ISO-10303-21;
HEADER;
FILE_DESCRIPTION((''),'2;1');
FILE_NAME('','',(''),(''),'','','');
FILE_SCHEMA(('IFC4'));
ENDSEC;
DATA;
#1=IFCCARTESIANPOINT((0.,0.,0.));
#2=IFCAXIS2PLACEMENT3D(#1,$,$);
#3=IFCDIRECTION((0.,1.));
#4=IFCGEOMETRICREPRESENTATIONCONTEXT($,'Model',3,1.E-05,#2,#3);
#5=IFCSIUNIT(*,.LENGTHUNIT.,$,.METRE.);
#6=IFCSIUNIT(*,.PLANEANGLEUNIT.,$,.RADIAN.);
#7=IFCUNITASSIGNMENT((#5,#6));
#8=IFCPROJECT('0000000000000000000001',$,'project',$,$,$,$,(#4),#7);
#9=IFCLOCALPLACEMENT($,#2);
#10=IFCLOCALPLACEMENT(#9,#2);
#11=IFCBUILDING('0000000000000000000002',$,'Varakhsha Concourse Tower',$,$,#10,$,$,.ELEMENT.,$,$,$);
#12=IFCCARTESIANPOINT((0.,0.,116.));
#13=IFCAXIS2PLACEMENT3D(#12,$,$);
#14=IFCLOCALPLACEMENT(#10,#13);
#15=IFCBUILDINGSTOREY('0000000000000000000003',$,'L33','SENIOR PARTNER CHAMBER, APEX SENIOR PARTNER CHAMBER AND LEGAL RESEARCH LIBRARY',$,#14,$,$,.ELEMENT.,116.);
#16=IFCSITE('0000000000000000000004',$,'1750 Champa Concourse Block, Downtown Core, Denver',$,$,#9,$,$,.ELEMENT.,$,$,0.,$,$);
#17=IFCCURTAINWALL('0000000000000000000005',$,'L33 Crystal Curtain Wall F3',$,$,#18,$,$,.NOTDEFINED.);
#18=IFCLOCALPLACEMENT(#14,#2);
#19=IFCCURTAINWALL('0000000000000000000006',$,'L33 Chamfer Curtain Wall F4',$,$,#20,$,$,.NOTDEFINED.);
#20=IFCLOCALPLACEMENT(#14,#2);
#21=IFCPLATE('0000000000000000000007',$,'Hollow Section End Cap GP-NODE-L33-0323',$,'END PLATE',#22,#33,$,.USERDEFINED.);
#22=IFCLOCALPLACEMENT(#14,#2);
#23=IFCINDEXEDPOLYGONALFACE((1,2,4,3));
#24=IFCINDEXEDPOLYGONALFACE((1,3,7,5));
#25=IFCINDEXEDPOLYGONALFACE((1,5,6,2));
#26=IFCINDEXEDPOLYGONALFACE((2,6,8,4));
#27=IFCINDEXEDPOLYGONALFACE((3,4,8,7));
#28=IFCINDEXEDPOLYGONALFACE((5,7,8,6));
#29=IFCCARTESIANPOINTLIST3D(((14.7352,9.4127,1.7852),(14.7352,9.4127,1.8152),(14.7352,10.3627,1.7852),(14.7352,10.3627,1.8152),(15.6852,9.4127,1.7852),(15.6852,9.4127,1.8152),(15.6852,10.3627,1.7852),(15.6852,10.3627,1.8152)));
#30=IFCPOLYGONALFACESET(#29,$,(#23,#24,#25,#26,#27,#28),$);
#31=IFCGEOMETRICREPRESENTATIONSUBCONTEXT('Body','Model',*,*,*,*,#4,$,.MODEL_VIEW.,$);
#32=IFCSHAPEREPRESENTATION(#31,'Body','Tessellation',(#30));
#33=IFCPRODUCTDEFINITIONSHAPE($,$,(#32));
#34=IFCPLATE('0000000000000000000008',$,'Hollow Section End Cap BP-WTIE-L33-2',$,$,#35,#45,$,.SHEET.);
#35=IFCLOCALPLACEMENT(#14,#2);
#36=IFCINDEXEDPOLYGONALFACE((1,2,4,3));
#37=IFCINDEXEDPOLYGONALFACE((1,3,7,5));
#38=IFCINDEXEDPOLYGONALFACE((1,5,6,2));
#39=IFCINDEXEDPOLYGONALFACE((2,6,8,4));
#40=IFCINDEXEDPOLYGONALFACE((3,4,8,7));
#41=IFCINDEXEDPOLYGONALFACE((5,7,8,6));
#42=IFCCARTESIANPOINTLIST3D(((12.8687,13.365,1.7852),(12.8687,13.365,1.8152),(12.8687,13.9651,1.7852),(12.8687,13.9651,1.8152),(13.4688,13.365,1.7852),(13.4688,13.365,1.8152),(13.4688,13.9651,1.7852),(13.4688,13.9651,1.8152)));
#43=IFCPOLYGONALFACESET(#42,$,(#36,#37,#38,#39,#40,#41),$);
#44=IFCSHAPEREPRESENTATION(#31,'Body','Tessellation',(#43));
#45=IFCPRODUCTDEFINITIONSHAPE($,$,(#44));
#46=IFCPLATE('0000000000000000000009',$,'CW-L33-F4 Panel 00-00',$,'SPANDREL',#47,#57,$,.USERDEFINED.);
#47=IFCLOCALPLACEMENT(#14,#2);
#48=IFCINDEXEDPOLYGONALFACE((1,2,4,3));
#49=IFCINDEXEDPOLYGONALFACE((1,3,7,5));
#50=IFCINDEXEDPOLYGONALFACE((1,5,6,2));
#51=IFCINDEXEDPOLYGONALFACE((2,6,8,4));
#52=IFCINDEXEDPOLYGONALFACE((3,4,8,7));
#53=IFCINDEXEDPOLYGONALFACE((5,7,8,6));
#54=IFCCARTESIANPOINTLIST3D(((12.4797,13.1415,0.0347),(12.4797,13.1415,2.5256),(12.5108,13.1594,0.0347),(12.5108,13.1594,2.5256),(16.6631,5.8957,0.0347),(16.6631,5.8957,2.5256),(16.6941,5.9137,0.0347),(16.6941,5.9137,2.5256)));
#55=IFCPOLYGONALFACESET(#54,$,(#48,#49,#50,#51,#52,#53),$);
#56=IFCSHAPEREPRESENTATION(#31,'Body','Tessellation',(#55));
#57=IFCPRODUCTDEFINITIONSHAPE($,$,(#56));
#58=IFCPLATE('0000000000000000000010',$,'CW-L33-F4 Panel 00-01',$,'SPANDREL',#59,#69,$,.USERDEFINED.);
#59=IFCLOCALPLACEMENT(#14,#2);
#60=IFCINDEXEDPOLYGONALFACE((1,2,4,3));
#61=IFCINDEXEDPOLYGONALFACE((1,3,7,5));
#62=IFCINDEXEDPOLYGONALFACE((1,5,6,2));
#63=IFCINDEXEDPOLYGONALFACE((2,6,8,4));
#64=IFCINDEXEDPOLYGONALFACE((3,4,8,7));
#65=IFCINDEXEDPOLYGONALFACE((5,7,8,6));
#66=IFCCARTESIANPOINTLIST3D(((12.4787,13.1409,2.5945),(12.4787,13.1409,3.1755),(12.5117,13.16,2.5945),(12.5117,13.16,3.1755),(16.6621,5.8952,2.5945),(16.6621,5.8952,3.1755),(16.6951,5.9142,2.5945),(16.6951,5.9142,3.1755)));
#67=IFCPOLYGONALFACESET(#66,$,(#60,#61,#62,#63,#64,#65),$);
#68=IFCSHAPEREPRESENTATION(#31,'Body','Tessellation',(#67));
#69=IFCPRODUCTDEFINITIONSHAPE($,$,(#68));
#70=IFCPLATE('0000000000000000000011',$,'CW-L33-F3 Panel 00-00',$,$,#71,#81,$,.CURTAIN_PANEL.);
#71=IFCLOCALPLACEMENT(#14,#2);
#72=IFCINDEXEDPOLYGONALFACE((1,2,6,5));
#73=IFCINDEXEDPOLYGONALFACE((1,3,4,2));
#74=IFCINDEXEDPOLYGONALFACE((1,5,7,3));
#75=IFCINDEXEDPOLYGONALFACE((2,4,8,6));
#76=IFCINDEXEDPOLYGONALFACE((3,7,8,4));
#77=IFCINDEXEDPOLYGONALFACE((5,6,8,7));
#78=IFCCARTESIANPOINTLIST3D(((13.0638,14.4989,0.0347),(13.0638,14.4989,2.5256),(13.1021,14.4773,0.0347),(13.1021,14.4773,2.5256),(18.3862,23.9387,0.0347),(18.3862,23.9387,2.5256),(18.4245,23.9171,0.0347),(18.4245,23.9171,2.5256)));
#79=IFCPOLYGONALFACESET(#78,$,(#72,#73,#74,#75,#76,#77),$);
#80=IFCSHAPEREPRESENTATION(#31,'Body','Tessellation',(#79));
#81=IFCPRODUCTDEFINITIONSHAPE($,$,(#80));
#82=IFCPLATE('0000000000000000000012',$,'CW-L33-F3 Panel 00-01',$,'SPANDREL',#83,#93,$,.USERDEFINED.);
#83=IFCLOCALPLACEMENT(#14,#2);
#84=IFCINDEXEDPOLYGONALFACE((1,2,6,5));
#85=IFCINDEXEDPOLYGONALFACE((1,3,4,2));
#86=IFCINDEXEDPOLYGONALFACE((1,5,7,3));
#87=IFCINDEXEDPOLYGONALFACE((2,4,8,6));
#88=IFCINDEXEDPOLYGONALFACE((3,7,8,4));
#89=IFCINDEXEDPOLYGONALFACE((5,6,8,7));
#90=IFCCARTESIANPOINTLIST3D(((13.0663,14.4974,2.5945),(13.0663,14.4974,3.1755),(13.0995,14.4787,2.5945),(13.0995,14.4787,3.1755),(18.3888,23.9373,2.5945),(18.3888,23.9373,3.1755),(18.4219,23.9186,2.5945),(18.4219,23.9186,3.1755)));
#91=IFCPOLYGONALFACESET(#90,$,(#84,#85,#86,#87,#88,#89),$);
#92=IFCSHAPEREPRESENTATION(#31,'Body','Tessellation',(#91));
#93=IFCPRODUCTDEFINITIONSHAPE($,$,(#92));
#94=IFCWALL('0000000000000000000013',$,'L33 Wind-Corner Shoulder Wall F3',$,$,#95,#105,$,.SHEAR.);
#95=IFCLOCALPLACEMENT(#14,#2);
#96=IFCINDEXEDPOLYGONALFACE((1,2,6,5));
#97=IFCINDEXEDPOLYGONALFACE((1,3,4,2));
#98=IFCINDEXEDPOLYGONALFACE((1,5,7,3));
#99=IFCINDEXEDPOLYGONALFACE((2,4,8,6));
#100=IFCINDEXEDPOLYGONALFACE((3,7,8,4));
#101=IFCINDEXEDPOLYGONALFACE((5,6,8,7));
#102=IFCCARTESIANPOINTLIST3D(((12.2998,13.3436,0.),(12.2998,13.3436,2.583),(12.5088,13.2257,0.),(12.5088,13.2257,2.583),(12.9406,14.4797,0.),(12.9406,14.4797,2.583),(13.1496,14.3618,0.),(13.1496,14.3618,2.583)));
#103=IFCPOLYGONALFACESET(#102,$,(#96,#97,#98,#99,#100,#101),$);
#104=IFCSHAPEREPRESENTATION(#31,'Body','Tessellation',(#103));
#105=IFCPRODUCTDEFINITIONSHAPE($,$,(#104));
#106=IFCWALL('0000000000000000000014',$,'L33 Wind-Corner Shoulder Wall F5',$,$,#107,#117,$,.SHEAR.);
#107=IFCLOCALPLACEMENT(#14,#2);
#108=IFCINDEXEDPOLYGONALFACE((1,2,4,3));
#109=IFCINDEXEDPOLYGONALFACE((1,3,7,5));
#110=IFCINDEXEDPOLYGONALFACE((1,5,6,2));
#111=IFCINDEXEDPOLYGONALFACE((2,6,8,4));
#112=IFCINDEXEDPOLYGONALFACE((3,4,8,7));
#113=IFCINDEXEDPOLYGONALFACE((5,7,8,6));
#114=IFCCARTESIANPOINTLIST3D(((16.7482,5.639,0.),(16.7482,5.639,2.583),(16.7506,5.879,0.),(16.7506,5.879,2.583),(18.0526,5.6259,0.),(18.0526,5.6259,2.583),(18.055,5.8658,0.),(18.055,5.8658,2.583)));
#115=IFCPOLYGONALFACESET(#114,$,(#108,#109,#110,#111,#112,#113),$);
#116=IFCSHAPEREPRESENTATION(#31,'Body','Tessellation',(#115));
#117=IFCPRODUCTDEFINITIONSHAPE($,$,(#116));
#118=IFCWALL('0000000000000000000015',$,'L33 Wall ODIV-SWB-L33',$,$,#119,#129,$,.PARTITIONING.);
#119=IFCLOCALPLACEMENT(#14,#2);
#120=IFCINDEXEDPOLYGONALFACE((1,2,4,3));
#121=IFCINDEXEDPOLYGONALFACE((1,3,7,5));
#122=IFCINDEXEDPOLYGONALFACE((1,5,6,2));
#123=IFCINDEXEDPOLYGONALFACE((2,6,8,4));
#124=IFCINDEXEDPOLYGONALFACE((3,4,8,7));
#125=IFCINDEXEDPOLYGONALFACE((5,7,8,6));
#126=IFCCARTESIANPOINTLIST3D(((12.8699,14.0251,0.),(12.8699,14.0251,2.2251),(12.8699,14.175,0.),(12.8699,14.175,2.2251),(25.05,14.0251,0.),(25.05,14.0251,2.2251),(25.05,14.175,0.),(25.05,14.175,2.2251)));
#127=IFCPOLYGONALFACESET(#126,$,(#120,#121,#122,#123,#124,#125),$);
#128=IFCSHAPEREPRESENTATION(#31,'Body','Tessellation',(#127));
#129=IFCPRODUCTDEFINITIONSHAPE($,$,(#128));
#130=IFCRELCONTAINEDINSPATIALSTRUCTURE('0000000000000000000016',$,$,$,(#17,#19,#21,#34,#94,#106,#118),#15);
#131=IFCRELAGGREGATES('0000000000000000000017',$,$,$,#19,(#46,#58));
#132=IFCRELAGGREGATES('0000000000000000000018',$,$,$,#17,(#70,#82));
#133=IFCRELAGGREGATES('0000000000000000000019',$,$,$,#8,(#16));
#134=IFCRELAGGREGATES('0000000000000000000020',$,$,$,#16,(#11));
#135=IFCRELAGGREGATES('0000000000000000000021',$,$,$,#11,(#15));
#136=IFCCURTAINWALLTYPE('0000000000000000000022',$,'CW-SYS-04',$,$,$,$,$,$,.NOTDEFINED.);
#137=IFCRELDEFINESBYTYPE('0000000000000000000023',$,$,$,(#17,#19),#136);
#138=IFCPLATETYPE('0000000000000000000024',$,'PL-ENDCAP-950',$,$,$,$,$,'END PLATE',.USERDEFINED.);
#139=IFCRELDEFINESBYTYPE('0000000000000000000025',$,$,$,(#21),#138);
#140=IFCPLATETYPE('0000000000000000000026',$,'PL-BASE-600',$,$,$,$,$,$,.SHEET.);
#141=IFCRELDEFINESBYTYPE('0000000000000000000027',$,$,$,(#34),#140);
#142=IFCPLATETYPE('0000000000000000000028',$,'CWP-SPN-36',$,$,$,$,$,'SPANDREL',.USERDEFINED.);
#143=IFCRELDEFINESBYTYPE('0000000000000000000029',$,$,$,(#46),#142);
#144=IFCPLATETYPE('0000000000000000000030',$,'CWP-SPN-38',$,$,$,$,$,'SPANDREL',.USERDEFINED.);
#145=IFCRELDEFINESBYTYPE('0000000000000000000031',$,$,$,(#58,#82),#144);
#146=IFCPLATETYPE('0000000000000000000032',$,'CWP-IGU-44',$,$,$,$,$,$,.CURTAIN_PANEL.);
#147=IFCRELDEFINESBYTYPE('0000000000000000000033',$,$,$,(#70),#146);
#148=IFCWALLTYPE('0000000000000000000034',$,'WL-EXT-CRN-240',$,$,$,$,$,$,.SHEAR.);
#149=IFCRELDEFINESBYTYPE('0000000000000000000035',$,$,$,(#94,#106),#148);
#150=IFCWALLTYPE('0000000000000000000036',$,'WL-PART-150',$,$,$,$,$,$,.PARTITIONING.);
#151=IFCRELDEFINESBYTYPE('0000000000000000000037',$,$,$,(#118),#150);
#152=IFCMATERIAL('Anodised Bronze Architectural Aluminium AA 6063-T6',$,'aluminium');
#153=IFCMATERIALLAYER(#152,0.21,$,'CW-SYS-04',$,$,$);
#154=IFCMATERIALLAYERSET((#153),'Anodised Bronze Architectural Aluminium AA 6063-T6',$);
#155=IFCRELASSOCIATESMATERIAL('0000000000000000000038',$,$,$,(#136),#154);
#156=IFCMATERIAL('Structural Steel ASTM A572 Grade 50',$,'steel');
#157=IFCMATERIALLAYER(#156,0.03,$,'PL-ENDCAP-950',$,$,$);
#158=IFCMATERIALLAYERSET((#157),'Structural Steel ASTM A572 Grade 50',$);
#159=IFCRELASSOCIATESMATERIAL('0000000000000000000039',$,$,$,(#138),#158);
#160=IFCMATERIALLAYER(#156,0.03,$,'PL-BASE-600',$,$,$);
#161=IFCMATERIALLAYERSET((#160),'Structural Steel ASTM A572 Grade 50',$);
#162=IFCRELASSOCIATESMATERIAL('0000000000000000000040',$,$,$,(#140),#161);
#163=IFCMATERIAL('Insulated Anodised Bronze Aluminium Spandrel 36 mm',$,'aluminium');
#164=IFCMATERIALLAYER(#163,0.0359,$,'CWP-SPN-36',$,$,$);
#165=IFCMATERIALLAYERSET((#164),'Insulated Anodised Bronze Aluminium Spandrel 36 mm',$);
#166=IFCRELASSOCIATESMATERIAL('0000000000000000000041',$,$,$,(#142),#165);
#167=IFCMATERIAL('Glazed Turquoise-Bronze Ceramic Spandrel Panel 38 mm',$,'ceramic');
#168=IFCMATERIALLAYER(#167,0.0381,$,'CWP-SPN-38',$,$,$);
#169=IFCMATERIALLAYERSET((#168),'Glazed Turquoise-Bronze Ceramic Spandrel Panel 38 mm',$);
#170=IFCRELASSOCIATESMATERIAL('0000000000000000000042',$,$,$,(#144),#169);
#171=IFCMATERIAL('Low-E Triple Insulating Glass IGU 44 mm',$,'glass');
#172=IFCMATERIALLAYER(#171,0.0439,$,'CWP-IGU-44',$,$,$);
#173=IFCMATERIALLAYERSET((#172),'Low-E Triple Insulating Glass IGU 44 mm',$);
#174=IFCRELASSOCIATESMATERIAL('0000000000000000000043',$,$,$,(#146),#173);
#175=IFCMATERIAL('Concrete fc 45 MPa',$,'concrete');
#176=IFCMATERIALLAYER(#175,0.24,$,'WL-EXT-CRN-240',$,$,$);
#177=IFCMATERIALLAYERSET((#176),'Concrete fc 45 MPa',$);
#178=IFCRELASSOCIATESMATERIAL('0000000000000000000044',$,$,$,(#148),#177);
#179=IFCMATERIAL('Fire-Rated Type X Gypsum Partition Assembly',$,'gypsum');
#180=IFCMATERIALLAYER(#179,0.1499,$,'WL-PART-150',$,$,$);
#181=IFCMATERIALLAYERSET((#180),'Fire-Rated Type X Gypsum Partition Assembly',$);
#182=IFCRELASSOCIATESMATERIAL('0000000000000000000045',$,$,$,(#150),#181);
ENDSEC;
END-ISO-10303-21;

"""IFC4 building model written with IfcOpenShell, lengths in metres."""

from ifc_helpers import new_model, si_unit, direction, frame, frame_2d, origin, origin_2d, place, context, subcontext, project, spatial, rectangle, extrude, source, transform, mapped, material, layer, layer_set, type_object, type_shapes, element, aggregate, save


model = new_model("IFC4")

# Units and contexts
model_context = context("Model", 3, precision=1e-05, world=origin(), true_north=direction((0.0, 1.0)))
body_context = subcontext(model_context, "Body", "Model", "MODEL_VIEW")
ifc_project = project(units=[si_unit("LENGTHUNIT", "METRE"), si_unit("PLANEANGLEUNIT", "RADIAN")], contexts=[model_context])

# Site, building, storey
site_placement = place(None, origin())
site = spatial("IfcSite", under=ifc_project, at=site_placement, Name="1750 Champa Concourse Block, Downtown Core, Denver", CompositionType="ELEMENT", RefElevation=0.0)
building_placement = place(site_placement, origin())
building = spatial("IfcBuilding", under=site, at=building_placement, Name="Varakhsha Concourse Tower", CompositionType="ELEMENT")
storey_placement = place(building_placement, frame((0.0, 0.0, 116.0)))
storey = spatial("IfcBuildingStorey", under=building, at=storey_placement, Name="L33", Description="SENIOR PARTNER CHAMBER, APEX SENIOR PARTNER CHAMBER AND LEGAL RESEARCH LIBRARY", CompositionType="ELEMENT", Elevation=116.0)

# Shared definitions
ifc_material_1 = material(Name="Structural Steel ASTM A572 Grade 50", Category="steel")

# Curtain wall
ifc_material_2 = material(Name="Anodised Bronze Architectural Aluminium AA 6063-T6", Category="aluminium")
ifc_layer_1 = layer(ifc_material_2, 0.21, Name="CW-SYS-04")
ifc_layer_set_1 = layer_set([ifc_layer_1], Name="Anodised Bronze Architectural Aluminium AA 6063-T6")
curtain_wall_type = type_object("IfcCurtainWallType", Name="CW-SYS-04", PredefinedType="NOTDEFINED", material=ifc_layer_set_1)
curtain_wall_1_placement = place(storey_placement, origin())
curtain_wall_1 = element("IfcCurtainWall", 1, at=curtain_wall_1_placement, inside=storey, type_object=curtain_wall_type, Name="L33 Crystal Curtain Wall F3", PredefinedType="NOTDEFINED")

# Curtain wall
curtain_wall_2_placement = place(storey_placement, origin())
curtain_wall_2 = element("IfcCurtainWall", 2, at=curtain_wall_2_placement, inside=storey, type_object=curtain_wall_type, Name="L33 Chamfer Curtain Wall F4", PredefinedType="NOTDEFINED")

# Shared definitions
ifc_material_3 = material(Name="Concrete fc 45 MPa", Category="concrete")

# Plates
ifc_layer_2 = layer(ifc_material_1, 0.03, Name="PL-ENDCAP-950")
ifc_layer_set_2 = layer_set([ifc_layer_2], Name="Structural Steel ASTM A572 Grade 50")
plate_type_1 = type_object("IfcPlateType", Name="PL-ENDCAP-950", ElementType="END PLATE", PredefinedType="USERDEFINED", material=ifc_layer_set_2)
shared_shape_1 = source(origin(), body_context, "Body", "SweptSolid", [
    extrude(rectangle(XDim=0.95, YDim=0.95, at=origin_2d()), origin(), (0.0, 0.0, 1.0), 0.03),
])
type_shapes(plate_type_1, [shared_shape_1])
for number, where, z_axis, x_axis, name in (
    (3, (15.2102, 9.8877, 1.7852), (0.0, 0.0, 1.0), (1.0, 0.0, 0.0), "Hollow Section End Cap GP-NODE-L33-0323"),
):
    element("IfcPlate", number, at=place(storey_placement, frame(where, z_axis=z_axis, x_axis=x_axis)), inside=storey, type_object=plate_type_1, Name=name, ObjectType="END PLATE", PredefinedType="USERDEFINED", context=body_context, shape_type="MappedRepresentation", body=[
        mapped(shared_shape_1, transform((0.0, 0.0, 0.0), scale=1.0)),
    ])
ifc_layer_3 = layer(ifc_material_1, 0.03, Name="PL-BASE-600")
ifc_layer_set_3 = layer_set([ifc_layer_3], Name="Structural Steel ASTM A572 Grade 50")
plate_type_2 = type_object("IfcPlateType", Name="PL-BASE-600", PredefinedType="SHEET", material=ifc_layer_set_3)
shared_shape_2 = source(origin(), body_context, "Body", "SweptSolid", [
    extrude(rectangle(XDim=0.6001, YDim=0.6001, at=origin_2d()), origin(), (0.0, 0.0, 1.0), 0.03),
])
type_shapes(plate_type_2, [shared_shape_2])
plate_1_placement = place(storey_placement, frame((13.1687, 13.665, 1.7852), z_axis=(0.0, 0.0, 1.0), x_axis=(1.0, 0.0, 0.0)))
element("IfcPlate", 4, at=plate_1_placement, inside=storey, type_object=plate_type_2, Name="Hollow Section End Cap BP-WTIE-L33-2", PredefinedType="SHEET", context=body_context, shape_type="MappedRepresentation", body=[
    mapped(shared_shape_2, transform((0.0, 0.0, 0.0), scale=1.0)),
])

# Plates
ifc_material_4 = material(Name="Insulated Anodised Bronze Aluminium Spandrel 36 mm", Category="aluminium")
ifc_layer_4 = layer(ifc_material_4, 0.0359, Name="CWP-SPN-36")
ifc_layer_set_4 = layer_set([ifc_layer_4], Name="Insulated Anodised Bronze Aluminium Spandrel 36 mm")
plate_type_3 = type_object("IfcPlateType", Name="CWP-SPN-36", ElementType="SPANDREL", PredefinedType="USERDEFINED", material=ifc_layer_set_4)
shared_shape_3 = source(origin(), body_context, "Body", "SweptSolid", [
    extrude(rectangle(XDim=8.3667, YDim=0.0359, at=origin_2d()), origin(), (0.0, 0.0, 1.0), 2.491),
])
type_shapes(plate_type_3, [shared_shape_3])
plate_2_placement = place(storey_placement, frame((14.5869, 9.5276, 0.0347), z_axis=(0.0, 0.0, 1.0), x_axis=(-0.500005, 0.866023, 0.0)))
plate_2 = element("IfcPlate", 5, at=plate_2_placement, type_object=plate_type_3, Name="CW-L33-F4 Panel 00-00", ObjectType="SPANDREL", PredefinedType="USERDEFINED", context=body_context, shape_type="MappedRepresentation", body=[
    mapped(shared_shape_3, transform((0.0, 0.0, 0.0), scale=1.0)),
])
ifc_material_5 = material(Name="Glazed Turquoise-Bronze Ceramic Spandrel Panel 38 mm", Category="ceramic")
ifc_layer_5 = layer(ifc_material_5, 0.0381, Name="CWP-SPN-38")
ifc_layer_set_5 = layer_set([ifc_layer_5], Name="Glazed Turquoise-Bronze Ceramic Spandrel Panel 38 mm")
plate_type_4 = type_object("IfcPlateType", Name="CWP-SPN-38", ElementType="SPANDREL", PredefinedType="USERDEFINED", material=ifc_layer_set_5)
shared_shape_4 = source(origin(), body_context, "Body", "SweptSolid", [
    extrude(rectangle(XDim=8.3667, YDim=0.0381, at=origin_2d()), origin(), (0.0, 0.0, 1.0), 0.5811),
])
plate_3_placement = place(storey_placement, frame((14.5869, 9.5276, 2.5945), z_axis=(0.0, 0.0, 1.0), x_axis=(-0.500005, 0.866023, 0.0)))
plate_3 = element("IfcPlate", 6, at=plate_3_placement, type_object=plate_type_4, Name="CW-L33-F4 Panel 00-01", ObjectType="SPANDREL", PredefinedType="USERDEFINED", context=body_context, shape_type="MappedRepresentation", body=[
    mapped(shared_shape_4, transform((0.0, 0.0, 0.0), scale=1.0)),
])
aggregate(curtain_wall_2, [plate_2, plate_3])
ifc_material_6 = material(Name="Low-E Triple Insulating Glass IGU 44 mm", Category="glass")
ifc_layer_6 = layer(ifc_material_6, 0.0439, Name="CWP-IGU-44")
ifc_layer_set_6 = layer_set([ifc_layer_6], Name="Low-E Triple Insulating Glass IGU 44 mm")
plate_type_5 = type_object("IfcPlateType", Name="CWP-IGU-44", PredefinedType="CURTAIN_PANEL", material=ifc_layer_set_6)
shared_shape_5 = source(origin(), body_context, "Body", "SweptSolid", [
    extrude(rectangle(XDim=10.8369, YDim=0.0439, at=origin_2d()), origin(), (0.0, 0.0, 1.0), 2.491),
])
type_shapes(plate_type_5, [shared_shape_5])
plate_4_placement = place(storey_placement, frame((15.7441, 19.208, 0.0347), z_axis=(0.0, 0.0, 1.0), x_axis=(0.491138, 0.871082, 0.0)))
plate_4 = element("IfcPlate", 7, at=plate_4_placement, type_object=plate_type_5, Name="CW-L33-F3 Panel 00-00", PredefinedType="CURTAIN_PANEL", context=body_context, shape_type="MappedRepresentation", body=[
    mapped(shared_shape_5, transform((0.0, 0.0, 0.0), scale=1.0)),
])
shared_shape_6 = source(origin(), body_context, "Body", "SweptSolid", [
    extrude(rectangle(XDim=10.8369, YDim=0.0381, at=origin_2d()), origin(), (0.0, 0.0, 1.0), 0.5811),
])
type_shapes(plate_type_4, [shared_shape_4, shared_shape_6])
plate_5_placement = place(storey_placement, frame((15.7441, 19.208, 2.5945), z_axis=(0.0, 0.0, 1.0), x_axis=(0.491138, 0.871082, 0.0)))
plate_5 = element("IfcPlate", 8, at=plate_5_placement, type_object=plate_type_4, Name="CW-L33-F3 Panel 00-01", ObjectType="SPANDREL", PredefinedType="USERDEFINED", context=body_context, shape_type="MappedRepresentation", body=[
    mapped(shared_shape_6, transform((0.0, 0.0, 0.0), scale=1.0)),
])
aggregate(curtain_wall_1, [plate_4, plate_5])

# Walls
ifc_layer_7 = layer(ifc_material_3, 0.24, Name="WL-EXT-CRN-240")
ifc_layer_set_7 = layer_set([ifc_layer_7], Name="Concrete fc 45 MPa")
wall_type_1 = type_object("IfcWallType", Name="WL-EXT-CRN-240", PredefinedType="SHEAR", material=ifc_layer_set_7)
for number, where, z_axis, x_axis, name in (
    (9, (13.0452, 14.4209, 0.0), (0.0, 0.0, 1.0), (-0.491274, -0.871005, 0.0), "L33 Wind-Corner Shoulder Wall F3"),
    (10, (16.7493, 5.759, 0.0), (0.0, 0.0, 1.0), (0.999949, -0.010106, 0.0), "L33 Wind-Corner Shoulder Wall F5"),
):
    element("IfcWall", number, at=place(storey_placement, frame(where, z_axis=z_axis, x_axis=x_axis)), inside=storey, type_object=wall_type_1, Name=name, PredefinedType="SHEAR", context=body_context, shape_type="SweptSolid", body=[
        extrude(rectangle(XDim=1.3044, YDim=0.24, at=frame_2d((0.6523, 0.0))), origin(), (0.0, 0.0, 1.0), 2.583),
    ])
ifc_material_7 = material(Name="Fire-Rated Type X Gypsum Partition Assembly", Category="gypsum")
ifc_layer_8 = layer(ifc_material_7, 0.1499, Name="WL-PART-150")
ifc_layer_set_8 = layer_set([ifc_layer_8], Name="Fire-Rated Type X Gypsum Partition Assembly")
wall_type_2 = type_object("IfcWallType", Name="WL-PART-150", PredefinedType="PARTITIONING", material=ifc_layer_set_8)
wall_placement = place(storey_placement, frame((12.8699, 14.1001, 0.0), z_axis=(0.0, 0.0, 1.0), x_axis=(1.0, 0.0, 0.0)))
element("IfcWall", 11, at=wall_placement, inside=storey, type_object=wall_type_2, Name="L33 Wall ODIV-SWB-L33", PredefinedType="PARTITIONING", context=body_context, shape_type="SweptSolid", body=[
    extrude(rectangle(XDim=12.1802, YDim=0.1499, at=frame_2d((6.0901, 0.0))), origin(), (0.0, 0.0, 1.0), 2.2251),
])

save(model, "model.ifc")
